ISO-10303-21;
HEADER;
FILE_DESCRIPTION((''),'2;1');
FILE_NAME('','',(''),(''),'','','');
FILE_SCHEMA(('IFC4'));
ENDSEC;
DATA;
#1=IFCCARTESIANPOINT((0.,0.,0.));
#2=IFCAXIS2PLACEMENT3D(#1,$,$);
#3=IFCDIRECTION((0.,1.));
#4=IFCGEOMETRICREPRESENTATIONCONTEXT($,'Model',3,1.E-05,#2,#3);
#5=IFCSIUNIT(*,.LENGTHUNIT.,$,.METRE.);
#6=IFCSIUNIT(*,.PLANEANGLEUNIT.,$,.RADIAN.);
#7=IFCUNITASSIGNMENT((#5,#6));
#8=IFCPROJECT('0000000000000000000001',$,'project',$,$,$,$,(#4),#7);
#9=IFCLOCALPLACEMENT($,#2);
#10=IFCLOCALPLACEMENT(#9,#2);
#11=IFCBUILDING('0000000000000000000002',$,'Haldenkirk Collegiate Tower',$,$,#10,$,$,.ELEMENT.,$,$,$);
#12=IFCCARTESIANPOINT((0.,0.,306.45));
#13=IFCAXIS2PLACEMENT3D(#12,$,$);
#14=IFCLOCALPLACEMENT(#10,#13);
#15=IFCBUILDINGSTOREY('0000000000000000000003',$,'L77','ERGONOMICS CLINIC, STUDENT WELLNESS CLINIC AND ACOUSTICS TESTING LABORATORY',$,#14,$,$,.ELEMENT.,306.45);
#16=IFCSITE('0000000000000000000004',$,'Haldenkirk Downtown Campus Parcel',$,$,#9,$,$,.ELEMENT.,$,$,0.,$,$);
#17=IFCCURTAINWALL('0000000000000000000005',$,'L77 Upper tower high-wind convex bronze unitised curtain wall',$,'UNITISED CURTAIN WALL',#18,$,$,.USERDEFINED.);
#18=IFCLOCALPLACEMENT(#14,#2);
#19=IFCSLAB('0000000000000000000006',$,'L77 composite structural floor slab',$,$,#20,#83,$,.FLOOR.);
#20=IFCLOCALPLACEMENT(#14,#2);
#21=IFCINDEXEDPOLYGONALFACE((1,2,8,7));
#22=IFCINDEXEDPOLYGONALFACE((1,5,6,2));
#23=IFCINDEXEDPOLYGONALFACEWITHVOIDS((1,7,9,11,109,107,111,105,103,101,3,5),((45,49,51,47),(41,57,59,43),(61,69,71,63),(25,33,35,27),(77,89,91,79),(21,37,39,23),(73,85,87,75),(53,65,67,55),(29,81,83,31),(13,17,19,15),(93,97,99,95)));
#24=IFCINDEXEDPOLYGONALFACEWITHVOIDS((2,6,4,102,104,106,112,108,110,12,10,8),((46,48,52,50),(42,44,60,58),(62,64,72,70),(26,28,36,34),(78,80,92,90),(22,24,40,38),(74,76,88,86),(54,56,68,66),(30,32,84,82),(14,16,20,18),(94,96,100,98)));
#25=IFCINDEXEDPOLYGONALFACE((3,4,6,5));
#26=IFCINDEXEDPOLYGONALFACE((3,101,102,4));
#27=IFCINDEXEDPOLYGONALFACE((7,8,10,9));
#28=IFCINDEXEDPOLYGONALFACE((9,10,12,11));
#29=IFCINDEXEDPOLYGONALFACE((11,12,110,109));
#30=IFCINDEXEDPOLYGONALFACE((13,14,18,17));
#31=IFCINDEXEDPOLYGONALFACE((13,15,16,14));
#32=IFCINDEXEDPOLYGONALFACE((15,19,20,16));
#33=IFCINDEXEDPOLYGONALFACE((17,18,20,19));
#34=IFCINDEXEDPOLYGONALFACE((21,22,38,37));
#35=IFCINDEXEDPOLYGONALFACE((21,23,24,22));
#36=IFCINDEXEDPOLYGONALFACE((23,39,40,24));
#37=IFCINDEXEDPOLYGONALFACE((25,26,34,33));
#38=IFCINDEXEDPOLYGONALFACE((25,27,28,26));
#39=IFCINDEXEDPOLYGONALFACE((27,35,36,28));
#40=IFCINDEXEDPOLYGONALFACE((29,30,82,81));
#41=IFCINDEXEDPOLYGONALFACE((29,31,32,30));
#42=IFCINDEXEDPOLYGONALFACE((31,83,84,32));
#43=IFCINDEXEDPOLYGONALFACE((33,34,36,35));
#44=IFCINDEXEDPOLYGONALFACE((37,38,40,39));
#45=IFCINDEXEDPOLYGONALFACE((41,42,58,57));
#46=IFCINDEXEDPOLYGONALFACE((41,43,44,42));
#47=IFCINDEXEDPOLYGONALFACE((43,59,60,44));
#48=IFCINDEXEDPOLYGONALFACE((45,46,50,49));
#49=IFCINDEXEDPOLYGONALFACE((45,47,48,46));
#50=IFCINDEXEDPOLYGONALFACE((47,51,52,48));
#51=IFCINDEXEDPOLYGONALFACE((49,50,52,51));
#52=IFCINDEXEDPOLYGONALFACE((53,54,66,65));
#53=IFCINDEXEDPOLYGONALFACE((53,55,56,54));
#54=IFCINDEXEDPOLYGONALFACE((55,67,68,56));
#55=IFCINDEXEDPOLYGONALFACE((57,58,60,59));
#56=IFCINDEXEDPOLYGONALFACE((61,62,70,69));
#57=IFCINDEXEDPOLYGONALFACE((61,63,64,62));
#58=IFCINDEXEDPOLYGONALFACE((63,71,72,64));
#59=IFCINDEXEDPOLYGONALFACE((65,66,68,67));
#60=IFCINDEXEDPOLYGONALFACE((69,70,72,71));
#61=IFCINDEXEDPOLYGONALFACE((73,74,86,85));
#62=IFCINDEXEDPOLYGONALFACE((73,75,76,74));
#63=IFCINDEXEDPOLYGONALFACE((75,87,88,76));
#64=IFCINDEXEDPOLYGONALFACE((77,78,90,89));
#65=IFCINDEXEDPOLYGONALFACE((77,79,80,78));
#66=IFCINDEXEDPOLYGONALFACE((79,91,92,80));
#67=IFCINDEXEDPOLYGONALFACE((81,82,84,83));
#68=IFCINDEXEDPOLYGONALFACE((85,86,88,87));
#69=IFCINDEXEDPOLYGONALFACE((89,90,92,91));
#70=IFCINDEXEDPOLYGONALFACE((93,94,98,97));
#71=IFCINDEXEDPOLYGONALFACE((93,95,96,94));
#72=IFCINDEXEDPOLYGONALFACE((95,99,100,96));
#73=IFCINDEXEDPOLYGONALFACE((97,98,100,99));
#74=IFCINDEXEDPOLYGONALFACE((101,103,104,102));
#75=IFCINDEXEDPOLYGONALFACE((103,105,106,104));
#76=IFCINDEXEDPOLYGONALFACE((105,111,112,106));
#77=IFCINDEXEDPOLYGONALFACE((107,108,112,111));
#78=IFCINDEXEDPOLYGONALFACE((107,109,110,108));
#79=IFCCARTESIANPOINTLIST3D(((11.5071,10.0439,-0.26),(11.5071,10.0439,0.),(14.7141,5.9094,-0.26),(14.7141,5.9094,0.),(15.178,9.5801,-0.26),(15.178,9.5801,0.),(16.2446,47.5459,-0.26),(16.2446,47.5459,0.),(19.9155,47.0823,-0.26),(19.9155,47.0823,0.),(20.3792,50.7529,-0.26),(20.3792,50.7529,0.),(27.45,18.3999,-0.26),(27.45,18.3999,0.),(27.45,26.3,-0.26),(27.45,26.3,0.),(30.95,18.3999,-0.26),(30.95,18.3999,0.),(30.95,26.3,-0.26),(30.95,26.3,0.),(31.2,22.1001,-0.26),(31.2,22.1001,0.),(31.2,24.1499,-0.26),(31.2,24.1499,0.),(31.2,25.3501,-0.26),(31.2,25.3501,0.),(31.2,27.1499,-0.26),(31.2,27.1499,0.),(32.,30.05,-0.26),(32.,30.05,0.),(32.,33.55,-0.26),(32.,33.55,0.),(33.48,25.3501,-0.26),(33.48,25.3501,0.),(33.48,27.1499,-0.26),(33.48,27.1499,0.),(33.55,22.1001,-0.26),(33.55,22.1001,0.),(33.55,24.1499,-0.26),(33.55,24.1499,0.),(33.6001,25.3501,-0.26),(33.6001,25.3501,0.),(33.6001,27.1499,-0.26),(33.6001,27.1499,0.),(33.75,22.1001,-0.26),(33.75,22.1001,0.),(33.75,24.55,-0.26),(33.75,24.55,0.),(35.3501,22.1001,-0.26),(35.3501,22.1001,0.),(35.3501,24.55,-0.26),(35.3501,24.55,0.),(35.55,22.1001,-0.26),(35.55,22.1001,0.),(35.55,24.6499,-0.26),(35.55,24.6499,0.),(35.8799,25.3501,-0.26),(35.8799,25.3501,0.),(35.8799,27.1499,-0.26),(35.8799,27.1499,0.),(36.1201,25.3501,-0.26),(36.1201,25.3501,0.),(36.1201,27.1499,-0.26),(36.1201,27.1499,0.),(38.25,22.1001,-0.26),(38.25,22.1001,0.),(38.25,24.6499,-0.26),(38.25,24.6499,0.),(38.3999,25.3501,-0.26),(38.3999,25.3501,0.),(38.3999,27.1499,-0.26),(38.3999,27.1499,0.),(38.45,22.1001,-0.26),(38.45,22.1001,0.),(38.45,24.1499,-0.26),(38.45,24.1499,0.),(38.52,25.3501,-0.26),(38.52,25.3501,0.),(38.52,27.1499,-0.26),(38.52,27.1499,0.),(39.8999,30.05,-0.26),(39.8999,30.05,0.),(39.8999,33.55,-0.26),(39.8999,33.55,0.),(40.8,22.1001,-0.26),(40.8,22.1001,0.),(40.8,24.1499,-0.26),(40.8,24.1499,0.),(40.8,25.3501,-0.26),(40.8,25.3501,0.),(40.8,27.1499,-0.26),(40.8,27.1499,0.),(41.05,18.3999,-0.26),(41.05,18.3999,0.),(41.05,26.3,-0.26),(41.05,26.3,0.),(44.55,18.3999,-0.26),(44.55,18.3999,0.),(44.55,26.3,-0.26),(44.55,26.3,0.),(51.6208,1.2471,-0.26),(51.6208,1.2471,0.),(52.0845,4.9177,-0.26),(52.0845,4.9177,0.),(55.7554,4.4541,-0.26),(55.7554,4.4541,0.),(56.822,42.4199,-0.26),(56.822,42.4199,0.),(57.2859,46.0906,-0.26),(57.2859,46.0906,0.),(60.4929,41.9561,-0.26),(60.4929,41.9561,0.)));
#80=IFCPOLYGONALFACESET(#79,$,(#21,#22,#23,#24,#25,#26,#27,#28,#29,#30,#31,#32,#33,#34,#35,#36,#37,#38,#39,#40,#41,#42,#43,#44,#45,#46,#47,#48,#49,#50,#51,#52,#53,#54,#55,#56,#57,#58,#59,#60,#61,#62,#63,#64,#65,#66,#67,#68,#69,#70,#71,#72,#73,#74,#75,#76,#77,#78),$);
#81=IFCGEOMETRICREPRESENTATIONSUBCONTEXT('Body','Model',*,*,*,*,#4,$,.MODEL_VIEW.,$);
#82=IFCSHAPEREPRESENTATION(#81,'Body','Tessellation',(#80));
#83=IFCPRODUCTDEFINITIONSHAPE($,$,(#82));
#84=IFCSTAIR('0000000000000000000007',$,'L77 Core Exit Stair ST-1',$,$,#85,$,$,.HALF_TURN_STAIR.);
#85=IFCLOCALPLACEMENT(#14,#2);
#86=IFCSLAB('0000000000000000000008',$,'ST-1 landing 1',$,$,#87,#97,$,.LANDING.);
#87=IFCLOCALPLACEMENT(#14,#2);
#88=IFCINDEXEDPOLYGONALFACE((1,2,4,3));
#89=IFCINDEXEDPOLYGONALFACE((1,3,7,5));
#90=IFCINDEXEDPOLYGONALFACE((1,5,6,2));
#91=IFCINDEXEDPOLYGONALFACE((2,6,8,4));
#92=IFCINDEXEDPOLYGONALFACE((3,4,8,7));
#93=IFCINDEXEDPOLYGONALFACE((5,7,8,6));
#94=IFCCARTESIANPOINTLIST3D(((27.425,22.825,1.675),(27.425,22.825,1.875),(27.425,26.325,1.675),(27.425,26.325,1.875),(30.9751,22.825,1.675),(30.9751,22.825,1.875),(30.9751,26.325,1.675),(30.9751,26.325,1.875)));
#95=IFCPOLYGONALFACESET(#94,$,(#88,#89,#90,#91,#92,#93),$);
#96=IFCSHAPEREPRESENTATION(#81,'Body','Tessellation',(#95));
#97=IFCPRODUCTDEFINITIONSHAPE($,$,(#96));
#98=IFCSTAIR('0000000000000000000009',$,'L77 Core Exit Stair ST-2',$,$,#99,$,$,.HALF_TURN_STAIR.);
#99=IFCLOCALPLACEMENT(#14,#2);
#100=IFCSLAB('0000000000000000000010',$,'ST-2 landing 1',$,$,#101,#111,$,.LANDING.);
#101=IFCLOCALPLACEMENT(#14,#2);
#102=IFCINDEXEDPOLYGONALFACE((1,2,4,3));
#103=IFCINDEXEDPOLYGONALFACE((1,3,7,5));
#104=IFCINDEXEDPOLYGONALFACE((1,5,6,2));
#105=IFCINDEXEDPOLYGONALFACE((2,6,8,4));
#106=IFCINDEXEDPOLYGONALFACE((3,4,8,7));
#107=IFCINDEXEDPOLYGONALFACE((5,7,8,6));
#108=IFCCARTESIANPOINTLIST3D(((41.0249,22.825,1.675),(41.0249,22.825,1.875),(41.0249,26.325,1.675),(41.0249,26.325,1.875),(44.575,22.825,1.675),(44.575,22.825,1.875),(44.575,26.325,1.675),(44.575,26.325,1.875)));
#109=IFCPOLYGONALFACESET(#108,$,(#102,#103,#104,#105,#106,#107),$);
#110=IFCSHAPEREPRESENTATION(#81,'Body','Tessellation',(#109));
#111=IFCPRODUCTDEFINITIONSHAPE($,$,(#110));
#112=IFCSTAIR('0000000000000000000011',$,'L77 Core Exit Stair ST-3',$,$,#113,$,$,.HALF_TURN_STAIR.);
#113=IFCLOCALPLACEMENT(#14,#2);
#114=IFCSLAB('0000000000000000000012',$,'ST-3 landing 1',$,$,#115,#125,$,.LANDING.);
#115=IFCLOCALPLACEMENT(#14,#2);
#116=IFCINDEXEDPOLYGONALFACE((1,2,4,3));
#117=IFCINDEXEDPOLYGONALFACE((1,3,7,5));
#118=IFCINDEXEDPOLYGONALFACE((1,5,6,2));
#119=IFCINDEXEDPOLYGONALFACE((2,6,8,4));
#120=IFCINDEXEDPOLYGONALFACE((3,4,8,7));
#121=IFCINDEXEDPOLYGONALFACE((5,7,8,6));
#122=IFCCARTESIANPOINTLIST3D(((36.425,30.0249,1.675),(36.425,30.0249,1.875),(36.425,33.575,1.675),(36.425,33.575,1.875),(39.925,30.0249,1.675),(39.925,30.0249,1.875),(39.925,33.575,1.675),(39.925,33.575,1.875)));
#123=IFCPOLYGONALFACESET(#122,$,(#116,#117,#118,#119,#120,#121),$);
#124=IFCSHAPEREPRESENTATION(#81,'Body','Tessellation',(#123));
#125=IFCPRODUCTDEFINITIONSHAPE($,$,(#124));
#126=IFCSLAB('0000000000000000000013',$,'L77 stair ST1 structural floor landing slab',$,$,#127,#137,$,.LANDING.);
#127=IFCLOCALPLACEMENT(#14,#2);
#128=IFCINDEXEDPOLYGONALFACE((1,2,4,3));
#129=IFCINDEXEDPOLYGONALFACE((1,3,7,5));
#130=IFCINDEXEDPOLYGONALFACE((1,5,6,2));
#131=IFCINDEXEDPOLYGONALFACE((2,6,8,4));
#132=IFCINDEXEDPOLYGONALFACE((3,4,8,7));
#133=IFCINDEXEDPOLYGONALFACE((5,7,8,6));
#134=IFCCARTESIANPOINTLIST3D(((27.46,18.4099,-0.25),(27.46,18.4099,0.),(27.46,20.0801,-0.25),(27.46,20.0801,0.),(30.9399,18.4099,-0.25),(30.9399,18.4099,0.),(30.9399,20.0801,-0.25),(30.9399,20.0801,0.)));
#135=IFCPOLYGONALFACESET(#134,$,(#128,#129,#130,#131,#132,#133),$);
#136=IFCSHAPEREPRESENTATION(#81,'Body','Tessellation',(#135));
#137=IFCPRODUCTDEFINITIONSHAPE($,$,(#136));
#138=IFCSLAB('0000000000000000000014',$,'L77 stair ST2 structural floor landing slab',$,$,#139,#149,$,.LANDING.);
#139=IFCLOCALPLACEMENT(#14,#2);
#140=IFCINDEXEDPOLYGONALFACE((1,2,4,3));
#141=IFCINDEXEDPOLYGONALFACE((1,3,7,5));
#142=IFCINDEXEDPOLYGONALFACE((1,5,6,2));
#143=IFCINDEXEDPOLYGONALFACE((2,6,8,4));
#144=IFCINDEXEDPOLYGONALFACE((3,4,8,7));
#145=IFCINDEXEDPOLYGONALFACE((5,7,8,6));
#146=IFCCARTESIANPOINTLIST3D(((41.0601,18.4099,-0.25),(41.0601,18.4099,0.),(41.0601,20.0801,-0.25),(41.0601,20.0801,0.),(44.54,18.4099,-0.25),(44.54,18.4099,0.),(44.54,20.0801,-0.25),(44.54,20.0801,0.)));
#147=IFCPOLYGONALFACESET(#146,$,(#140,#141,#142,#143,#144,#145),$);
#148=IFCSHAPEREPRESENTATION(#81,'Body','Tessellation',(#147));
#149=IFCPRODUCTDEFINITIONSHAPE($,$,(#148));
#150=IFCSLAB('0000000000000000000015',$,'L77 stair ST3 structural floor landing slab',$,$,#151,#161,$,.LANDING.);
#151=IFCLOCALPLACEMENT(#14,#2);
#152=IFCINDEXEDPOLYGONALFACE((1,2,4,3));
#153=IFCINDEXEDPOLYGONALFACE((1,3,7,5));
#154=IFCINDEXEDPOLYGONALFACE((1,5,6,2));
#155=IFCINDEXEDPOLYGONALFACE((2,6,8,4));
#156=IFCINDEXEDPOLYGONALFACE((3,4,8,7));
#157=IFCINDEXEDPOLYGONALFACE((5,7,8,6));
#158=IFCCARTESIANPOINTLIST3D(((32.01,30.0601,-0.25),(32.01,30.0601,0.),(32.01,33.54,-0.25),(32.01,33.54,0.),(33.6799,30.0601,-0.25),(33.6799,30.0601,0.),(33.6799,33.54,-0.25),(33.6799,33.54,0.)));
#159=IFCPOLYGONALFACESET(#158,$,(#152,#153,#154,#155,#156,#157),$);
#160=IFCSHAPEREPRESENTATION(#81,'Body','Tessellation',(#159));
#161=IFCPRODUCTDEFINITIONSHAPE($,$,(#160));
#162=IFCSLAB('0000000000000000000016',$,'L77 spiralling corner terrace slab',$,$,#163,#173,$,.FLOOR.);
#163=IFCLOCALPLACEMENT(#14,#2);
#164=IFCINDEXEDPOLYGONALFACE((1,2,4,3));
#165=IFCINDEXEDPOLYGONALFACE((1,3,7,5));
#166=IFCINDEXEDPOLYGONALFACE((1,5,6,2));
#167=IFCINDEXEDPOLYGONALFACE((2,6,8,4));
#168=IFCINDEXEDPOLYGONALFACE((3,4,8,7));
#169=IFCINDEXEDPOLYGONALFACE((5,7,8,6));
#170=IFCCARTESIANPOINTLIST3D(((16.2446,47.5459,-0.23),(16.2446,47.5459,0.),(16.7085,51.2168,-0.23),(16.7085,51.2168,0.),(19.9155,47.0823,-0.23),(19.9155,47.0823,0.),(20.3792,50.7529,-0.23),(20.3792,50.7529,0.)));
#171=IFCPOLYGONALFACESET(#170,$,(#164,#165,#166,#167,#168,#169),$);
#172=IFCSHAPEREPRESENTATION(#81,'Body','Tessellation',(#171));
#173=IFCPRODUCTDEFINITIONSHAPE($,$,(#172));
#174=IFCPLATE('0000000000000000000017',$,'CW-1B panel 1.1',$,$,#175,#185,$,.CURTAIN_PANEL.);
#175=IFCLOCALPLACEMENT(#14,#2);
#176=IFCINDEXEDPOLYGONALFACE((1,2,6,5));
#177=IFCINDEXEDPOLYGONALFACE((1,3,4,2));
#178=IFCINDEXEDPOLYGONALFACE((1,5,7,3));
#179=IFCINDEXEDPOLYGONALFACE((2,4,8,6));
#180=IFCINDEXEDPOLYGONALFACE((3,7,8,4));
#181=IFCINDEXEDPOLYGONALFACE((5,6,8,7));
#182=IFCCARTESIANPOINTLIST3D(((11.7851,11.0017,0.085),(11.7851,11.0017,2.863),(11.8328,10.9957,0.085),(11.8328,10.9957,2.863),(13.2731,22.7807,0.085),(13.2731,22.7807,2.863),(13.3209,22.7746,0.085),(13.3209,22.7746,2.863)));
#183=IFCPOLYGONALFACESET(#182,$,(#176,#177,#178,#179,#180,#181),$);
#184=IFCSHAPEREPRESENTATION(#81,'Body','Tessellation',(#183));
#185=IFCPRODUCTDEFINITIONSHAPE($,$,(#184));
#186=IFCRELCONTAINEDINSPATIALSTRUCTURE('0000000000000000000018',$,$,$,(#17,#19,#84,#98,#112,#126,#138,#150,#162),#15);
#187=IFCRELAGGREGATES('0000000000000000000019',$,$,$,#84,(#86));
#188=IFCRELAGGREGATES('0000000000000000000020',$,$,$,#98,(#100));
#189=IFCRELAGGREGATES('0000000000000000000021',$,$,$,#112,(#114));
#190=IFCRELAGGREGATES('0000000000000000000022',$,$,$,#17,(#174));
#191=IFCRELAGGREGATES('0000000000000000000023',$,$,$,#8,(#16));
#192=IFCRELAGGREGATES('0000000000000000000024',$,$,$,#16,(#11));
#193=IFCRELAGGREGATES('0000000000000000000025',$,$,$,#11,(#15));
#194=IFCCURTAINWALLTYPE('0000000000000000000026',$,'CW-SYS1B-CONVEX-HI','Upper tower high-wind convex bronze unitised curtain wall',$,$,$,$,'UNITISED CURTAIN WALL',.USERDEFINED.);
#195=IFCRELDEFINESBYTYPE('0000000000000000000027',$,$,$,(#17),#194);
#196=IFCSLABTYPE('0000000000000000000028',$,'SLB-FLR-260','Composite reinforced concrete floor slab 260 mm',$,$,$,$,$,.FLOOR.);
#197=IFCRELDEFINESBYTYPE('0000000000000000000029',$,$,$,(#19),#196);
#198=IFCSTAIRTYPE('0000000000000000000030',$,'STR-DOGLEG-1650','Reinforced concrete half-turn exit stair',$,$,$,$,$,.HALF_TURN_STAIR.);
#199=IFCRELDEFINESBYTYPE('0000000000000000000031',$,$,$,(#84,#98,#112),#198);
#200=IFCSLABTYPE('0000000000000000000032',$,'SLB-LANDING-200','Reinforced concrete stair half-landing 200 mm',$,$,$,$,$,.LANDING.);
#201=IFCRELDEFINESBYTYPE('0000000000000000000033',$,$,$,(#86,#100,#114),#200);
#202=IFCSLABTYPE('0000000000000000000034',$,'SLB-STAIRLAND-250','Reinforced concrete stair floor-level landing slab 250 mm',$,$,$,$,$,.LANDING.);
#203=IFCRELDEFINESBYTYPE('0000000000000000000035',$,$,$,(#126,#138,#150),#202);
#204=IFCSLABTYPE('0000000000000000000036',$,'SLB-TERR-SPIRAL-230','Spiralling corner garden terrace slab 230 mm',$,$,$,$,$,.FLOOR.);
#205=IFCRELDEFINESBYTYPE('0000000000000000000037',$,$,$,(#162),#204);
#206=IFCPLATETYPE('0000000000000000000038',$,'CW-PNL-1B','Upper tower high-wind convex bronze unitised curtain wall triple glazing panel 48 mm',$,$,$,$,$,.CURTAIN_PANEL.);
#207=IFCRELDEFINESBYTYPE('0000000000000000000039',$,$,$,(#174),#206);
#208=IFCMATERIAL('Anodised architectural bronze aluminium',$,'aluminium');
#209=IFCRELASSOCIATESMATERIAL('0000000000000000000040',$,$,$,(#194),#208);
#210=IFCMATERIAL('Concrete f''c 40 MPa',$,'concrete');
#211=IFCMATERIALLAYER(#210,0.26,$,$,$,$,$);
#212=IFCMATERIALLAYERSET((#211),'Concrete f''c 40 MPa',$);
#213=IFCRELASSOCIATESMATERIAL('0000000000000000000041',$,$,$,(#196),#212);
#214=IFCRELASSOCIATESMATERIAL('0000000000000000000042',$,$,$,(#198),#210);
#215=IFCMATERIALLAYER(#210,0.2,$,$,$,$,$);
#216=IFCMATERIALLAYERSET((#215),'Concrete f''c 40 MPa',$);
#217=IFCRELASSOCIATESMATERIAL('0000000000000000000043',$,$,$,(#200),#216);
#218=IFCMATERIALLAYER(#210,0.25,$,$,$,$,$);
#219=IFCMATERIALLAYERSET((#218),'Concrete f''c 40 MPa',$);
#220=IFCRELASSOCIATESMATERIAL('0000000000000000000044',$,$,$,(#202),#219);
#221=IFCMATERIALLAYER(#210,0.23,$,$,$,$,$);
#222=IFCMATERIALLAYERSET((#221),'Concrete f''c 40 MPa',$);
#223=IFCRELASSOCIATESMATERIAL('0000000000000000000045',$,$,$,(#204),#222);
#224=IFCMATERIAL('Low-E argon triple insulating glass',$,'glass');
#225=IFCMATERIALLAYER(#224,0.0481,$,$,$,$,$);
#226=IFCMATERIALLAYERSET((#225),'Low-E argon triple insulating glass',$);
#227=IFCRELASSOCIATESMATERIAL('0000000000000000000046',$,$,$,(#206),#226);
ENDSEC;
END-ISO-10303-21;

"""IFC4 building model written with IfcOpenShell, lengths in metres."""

from ifc_helpers import new_model, si_unit, direction, frame, origin, origin_2d, place, context, subcontext, project, spatial, polyline, rectangle, outline, extrude, source, transform, mapped, material, layer, layer_set, type_object, element, aggregate, save


model = new_model("IFC4")

# Units and contexts
model_context = context("Model", 3, precision=1e-05, world=origin(), true_north=direction((0.0, 1.0)))
body_context = subcontext(model_context, "Body", "Model", "MODEL_VIEW")
ifc_project = project(units=[si_unit("LENGTHUNIT", "METRE"), si_unit("PLANEANGLEUNIT", "RADIAN")], contexts=[model_context])

# Site, building, storey
site_placement = place(None, origin())
site = spatial("IfcSite", under=ifc_project, at=site_placement, Name="Haldenkirk Downtown Campus Parcel", CompositionType="ELEMENT", RefElevation=0.0)
building_placement = place(site_placement, origin())
building = spatial("IfcBuilding", under=site, at=building_placement, Name="Haldenkirk Collegiate Tower", CompositionType="ELEMENT")
storey_placement = place(building_placement, frame((0.0, 0.0, 306.45)))
storey = spatial("IfcBuildingStorey", under=building, at=storey_placement, Name="L77", Description="ERGONOMICS CLINIC, STUDENT WELLNESS CLINIC AND ACOUSTICS TESTING LABORATORY", CompositionType="ELEMENT", Elevation=306.45)

# Curtain wall
ifc_material_1 = material(Name="Anodised architectural bronze aluminium", Category="aluminium")
curtain_wall_type = type_object("IfcCurtainWallType", Name="CW-SYS1B-CONVEX-HI", Description="Upper tower high-wind convex bronze unitised curtain wall", ElementType="UNITISED CURTAIN WALL", PredefinedType="USERDEFINED", material=ifc_material_1)
curtain_wall_1_placement = place(storey_placement, origin())
curtain_wall_1 = element("IfcCurtainWall", 1, at=curtain_wall_1_placement, inside=storey, type_object=curtain_wall_type, Name="L77 Upper tower high-wind convex bronze unitised curtain wall", ObjectType="UNITISED CURTAIN WALL", PredefinedType="USERDEFINED")

# Slab
ifc_material_2 = material(Name="Concrete f'c 40 MPa", Category="concrete")
ifc_layer_1 = layer(ifc_material_2, 0.26)
ifc_layer_set_1 = layer_set([ifc_layer_1], Name="Concrete f'c 40 MPa")
slab_type_1 = type_object("IfcSlabType", Name="SLB-FLR-260", Description="Composite reinforced concrete floor slab 260 mm", PredefinedType="FLOOR", material=ifc_layer_set_1)
slab_1_placement = place(storey_placement, frame((0.0, 0.0, -0.26)))
element("IfcSlab", 2, at=slab_1_placement, inside=storey, type_object=slab_type_1, Name="L77 composite structural floor slab", PredefinedType="FLOOR", context=body_context, shape_type="SweptSolid", body=[
    extrude(outline(polyline([(55.7554, 4.4541), (60.4929, 41.9561), (56.822, 42.4199), (57.2859, 46.0906), (20.3792, 50.7529), (19.9155, 47.0823), (16.2446, 47.5459), (11.5071, 10.0439), (15.178, 9.5801), (14.7141, 5.9094), (51.6208, 1.2471), (52.0845, 4.9177), (55.7554, 4.4541)]), holes=[polyline([(27.45, 18.3999), (30.95, 18.3999), (30.95, 26.3), (27.45, 26.3), (27.45, 18.3999)]), polyline([(41.05, 18.3999), (44.55, 18.3999), (44.55, 26.3), (41.05, 26.3), (41.05, 18.3999)]), polyline([(32.0, 30.05), (39.8999, 30.05), (39.8999, 33.55), (32.0, 33.55), (32.0, 30.05)]), polyline([(33.75, 22.1001), (35.3501, 22.1001), (35.3501, 24.55), (33.75, 24.55), (33.75, 22.1001)]), polyline([(31.2, 25.3501), (33.48, 25.3501), (33.48, 27.1499), (31.2, 27.1499), (31.2, 25.3501)]), polyline([(33.6001, 25.3501), (35.8799, 25.3501), (35.8799, 27.1499), (33.6001, 27.1499), (33.6001, 25.3501)]), polyline([(36.1201, 25.3501), (38.3999, 25.3501), (38.3999, 27.1499), (36.1201, 27.1499), (36.1201, 25.3501)]), polyline([(38.52, 25.3501), (40.8, 25.3501), (40.8, 27.1499), (38.52, 27.1499), (38.52, 25.3501)]), polyline([(31.2, 22.1001), (33.55, 22.1001), (33.55, 24.1499), (31.2, 24.1499), (31.2, 22.1001)]), polyline([(38.45, 22.1001), (40.8, 22.1001), (40.8, 24.1499), (38.45, 24.1499), (38.45, 22.1001)]), polyline([(35.55, 22.1001), (38.25, 22.1001), (38.25, 24.6499), (35.55, 24.6499), (35.55, 22.1001)])]), origin(), (0.0, 0.0, 1.0), 0.26),
])

# Stairs, slabs
stair_type = type_object("IfcStairType", Name="STR-DOGLEG-1650", Description="Reinforced concrete half-turn exit stair", PredefinedType="HALF_TURN_STAIR", material=ifc_material_2)
stair_1_placement = place(storey_placement, origin())
stair_1 = element("IfcStair", 3, at=stair_1_placement, inside=storey, type_object=stair_type, Name="L77 Core Exit Stair ST-1", PredefinedType="HALF_TURN_STAIR")
ifc_layer_2 = layer(ifc_material_2, 0.2)
ifc_layer_set_2 = layer_set([ifc_layer_2], Name="Concrete f'c 40 MPa")
slab_type_2 = type_object("IfcSlabType", Name="SLB-LANDING-200", Description="Reinforced concrete stair half-landing 200 mm", PredefinedType="LANDING", material=ifc_layer_set_2)
slab_2_placement = place(storey_placement, frame((0.0, 0.0, 1.675)))
slab_2 = element("IfcSlab", 4, at=slab_2_placement, type_object=slab_type_2, Name="ST-1 landing 1", PredefinedType="LANDING", context=body_context, shape_type="SweptSolid", body=[
    extrude(outline(polyline([(30.9751, 22.825), (27.425, 22.825), (27.425, 26.325), (30.9751, 26.325), (30.9751, 22.825)])), origin(), (0.0, 0.0, 1.0), 0.2),
])
aggregate(stair_1, [slab_2])
stair_2_placement = place(storey_placement, origin())
stair_2 = element("IfcStair", 5, at=stair_2_placement, inside=storey, type_object=stair_type, Name="L77 Core Exit Stair ST-2", PredefinedType="HALF_TURN_STAIR")
slab_3_placement = place(storey_placement, frame((0.0, 0.0, 1.675)))
slab_3 = element("IfcSlab", 6, at=slab_3_placement, type_object=slab_type_2, Name="ST-2 landing 1", PredefinedType="LANDING", context=body_context, shape_type="SweptSolid", body=[
    extrude(outline(polyline([(44.575, 22.825), (41.0249, 22.825), (41.0249, 26.325), (44.575, 26.325), (44.575, 22.825)])), origin(), (0.0, 0.0, 1.0), 0.2),
])
aggregate(stair_2, [slab_3])
stair_3_placement = place(storey_placement, origin())
stair_3 = element("IfcStair", 7, at=stair_3_placement, inside=storey, type_object=stair_type, Name="L77 Core Exit Stair ST-3", PredefinedType="HALF_TURN_STAIR")
slab_4_placement = place(storey_placement, frame((0.0, 0.0, 1.675)))
slab_4 = element("IfcSlab", 8, at=slab_4_placement, type_object=slab_type_2, Name="ST-3 landing 1", PredefinedType="LANDING", context=body_context, shape_type="SweptSolid", body=[
    extrude(outline(polyline([(36.425, 30.0249), (36.425, 33.575), (39.925, 33.575), (39.925, 30.0249), (36.425, 30.0249)])), origin(), (0.0, 0.0, 1.0), 0.2),
])
aggregate(stair_3, [slab_4])

# Slabs
ifc_layer_3 = layer(ifc_material_2, 0.25)
ifc_layer_set_3 = layer_set([ifc_layer_3], Name="Concrete f'c 40 MPa")
slab_type_3 = type_object("IfcSlabType", Name="SLB-STAIRLAND-250", Description="Reinforced concrete stair floor-level landing slab 250 mm", PredefinedType="LANDING", material=ifc_layer_set_3)
slab_5_placement = place(storey_placement, frame((0.0, 0.0, -0.25)))
element("IfcSlab", 9, at=slab_5_placement, inside=storey, type_object=slab_type_3, Name="L77 stair ST1 structural floor landing slab", PredefinedType="LANDING", context=body_context, shape_type="SweptSolid", body=[
    extrude(outline(polyline([(27.46, 18.4099), (30.9399, 18.4099), (30.9399, 20.0801), (27.46, 20.0801), (27.46, 18.4099)])), origin(), (0.0, 0.0, 1.0), 0.25),
])
slab_6_placement = place(storey_placement, frame((0.0, 0.0, -0.25)))
element("IfcSlab", 10, at=slab_6_placement, inside=storey, type_object=slab_type_3, Name="L77 stair ST2 structural floor landing slab", PredefinedType="LANDING", context=body_context, shape_type="SweptSolid", body=[
    extrude(outline(polyline([(41.0601, 18.4099), (44.54, 18.4099), (44.54, 20.0801), (41.0601, 20.0801), (41.0601, 18.4099)])), origin(), (0.0, 0.0, 1.0), 0.25),
])
slab_7_placement = place(storey_placement, frame((0.0, 0.0, -0.25)))
element("IfcSlab", 11, at=slab_7_placement, inside=storey, type_object=slab_type_3, Name="L77 stair ST3 structural floor landing slab", PredefinedType="LANDING", context=body_context, shape_type="SweptSolid", body=[
    extrude(outline(polyline([(32.01, 30.0601), (33.6799, 30.0601), (33.6799, 33.54), (32.01, 33.54), (32.01, 30.0601)])), origin(), (0.0, 0.0, 1.0), 0.25),
])
ifc_layer_4 = layer(ifc_material_2, 0.23)
ifc_layer_set_4 = layer_set([ifc_layer_4], Name="Concrete f'c 40 MPa")
slab_type_4 = type_object("IfcSlabType", Name="SLB-TERR-SPIRAL-230", Description="Spiralling corner garden terrace slab 230 mm", PredefinedType="FLOOR", material=ifc_layer_set_4)
slab_8_placement = place(storey_placement, frame((0.0, 0.0, -0.23)))
element("IfcSlab", 12, at=slab_8_placement, inside=storey, type_object=slab_type_4, Name="L77 spiralling corner terrace slab", PredefinedType="FLOOR", context=body_context, shape_type="SweptSolid", body=[
    extrude(outline(polyline([(19.9155, 47.0823), (20.3792, 50.7529), (16.7085, 51.2168), (16.2446, 47.5459), (19.9155, 47.0823)])), origin(), (0.0, 0.0, 1.0), 0.23),
])

# Plate
ifc_material_3 = material(Name="Low-E argon triple insulating glass", Category="glass")
ifc_layer_5 = layer(ifc_material_3, 0.0481)
ifc_layer_set_5 = layer_set([ifc_layer_5], Name="Low-E argon triple insulating glass")
plate_type = type_object("IfcPlateType", Name="CW-PNL-1B", Description="Upper tower high-wind convex bronze unitised curtain wall triple glazing panel 48 mm", PredefinedType="CURTAIN_PANEL", material=ifc_layer_set_5)
shared_shape_1 = source(origin(), body_context, "Body", "SweptSolid", [
    extrude(rectangle(XDim=11.8726, YDim=0.0481, at=origin_2d()), origin(), (0.0, 0.0, 1.0), 2.7781),
])
plate_placement = place(storey_placement, frame((12.553, 16.8882, 0.085), z_axis=(0.0, 0.0, 1.0), x_axis=(0.125333, 0.992115, 0.0)))
plate = element("IfcPlate", 13, at=plate_placement, type_object=plate_type, Name="CW-1B panel 1.1", PredefinedType="CURTAIN_PANEL", context=body_context, shape_type="MappedRepresentation", body=[
    mapped(shared_shape_1, transform((0.0, 0.0, 0.0), x_axis=(1.0, 0.0, 0.0), y_axis=(0.0, 1.0, 0.0), z_axis=(0.0, 0.0, 1.0), scale=1.0)),
])
aggregate(curtain_wall_1, [plate])

save(model, "model.ifc")
